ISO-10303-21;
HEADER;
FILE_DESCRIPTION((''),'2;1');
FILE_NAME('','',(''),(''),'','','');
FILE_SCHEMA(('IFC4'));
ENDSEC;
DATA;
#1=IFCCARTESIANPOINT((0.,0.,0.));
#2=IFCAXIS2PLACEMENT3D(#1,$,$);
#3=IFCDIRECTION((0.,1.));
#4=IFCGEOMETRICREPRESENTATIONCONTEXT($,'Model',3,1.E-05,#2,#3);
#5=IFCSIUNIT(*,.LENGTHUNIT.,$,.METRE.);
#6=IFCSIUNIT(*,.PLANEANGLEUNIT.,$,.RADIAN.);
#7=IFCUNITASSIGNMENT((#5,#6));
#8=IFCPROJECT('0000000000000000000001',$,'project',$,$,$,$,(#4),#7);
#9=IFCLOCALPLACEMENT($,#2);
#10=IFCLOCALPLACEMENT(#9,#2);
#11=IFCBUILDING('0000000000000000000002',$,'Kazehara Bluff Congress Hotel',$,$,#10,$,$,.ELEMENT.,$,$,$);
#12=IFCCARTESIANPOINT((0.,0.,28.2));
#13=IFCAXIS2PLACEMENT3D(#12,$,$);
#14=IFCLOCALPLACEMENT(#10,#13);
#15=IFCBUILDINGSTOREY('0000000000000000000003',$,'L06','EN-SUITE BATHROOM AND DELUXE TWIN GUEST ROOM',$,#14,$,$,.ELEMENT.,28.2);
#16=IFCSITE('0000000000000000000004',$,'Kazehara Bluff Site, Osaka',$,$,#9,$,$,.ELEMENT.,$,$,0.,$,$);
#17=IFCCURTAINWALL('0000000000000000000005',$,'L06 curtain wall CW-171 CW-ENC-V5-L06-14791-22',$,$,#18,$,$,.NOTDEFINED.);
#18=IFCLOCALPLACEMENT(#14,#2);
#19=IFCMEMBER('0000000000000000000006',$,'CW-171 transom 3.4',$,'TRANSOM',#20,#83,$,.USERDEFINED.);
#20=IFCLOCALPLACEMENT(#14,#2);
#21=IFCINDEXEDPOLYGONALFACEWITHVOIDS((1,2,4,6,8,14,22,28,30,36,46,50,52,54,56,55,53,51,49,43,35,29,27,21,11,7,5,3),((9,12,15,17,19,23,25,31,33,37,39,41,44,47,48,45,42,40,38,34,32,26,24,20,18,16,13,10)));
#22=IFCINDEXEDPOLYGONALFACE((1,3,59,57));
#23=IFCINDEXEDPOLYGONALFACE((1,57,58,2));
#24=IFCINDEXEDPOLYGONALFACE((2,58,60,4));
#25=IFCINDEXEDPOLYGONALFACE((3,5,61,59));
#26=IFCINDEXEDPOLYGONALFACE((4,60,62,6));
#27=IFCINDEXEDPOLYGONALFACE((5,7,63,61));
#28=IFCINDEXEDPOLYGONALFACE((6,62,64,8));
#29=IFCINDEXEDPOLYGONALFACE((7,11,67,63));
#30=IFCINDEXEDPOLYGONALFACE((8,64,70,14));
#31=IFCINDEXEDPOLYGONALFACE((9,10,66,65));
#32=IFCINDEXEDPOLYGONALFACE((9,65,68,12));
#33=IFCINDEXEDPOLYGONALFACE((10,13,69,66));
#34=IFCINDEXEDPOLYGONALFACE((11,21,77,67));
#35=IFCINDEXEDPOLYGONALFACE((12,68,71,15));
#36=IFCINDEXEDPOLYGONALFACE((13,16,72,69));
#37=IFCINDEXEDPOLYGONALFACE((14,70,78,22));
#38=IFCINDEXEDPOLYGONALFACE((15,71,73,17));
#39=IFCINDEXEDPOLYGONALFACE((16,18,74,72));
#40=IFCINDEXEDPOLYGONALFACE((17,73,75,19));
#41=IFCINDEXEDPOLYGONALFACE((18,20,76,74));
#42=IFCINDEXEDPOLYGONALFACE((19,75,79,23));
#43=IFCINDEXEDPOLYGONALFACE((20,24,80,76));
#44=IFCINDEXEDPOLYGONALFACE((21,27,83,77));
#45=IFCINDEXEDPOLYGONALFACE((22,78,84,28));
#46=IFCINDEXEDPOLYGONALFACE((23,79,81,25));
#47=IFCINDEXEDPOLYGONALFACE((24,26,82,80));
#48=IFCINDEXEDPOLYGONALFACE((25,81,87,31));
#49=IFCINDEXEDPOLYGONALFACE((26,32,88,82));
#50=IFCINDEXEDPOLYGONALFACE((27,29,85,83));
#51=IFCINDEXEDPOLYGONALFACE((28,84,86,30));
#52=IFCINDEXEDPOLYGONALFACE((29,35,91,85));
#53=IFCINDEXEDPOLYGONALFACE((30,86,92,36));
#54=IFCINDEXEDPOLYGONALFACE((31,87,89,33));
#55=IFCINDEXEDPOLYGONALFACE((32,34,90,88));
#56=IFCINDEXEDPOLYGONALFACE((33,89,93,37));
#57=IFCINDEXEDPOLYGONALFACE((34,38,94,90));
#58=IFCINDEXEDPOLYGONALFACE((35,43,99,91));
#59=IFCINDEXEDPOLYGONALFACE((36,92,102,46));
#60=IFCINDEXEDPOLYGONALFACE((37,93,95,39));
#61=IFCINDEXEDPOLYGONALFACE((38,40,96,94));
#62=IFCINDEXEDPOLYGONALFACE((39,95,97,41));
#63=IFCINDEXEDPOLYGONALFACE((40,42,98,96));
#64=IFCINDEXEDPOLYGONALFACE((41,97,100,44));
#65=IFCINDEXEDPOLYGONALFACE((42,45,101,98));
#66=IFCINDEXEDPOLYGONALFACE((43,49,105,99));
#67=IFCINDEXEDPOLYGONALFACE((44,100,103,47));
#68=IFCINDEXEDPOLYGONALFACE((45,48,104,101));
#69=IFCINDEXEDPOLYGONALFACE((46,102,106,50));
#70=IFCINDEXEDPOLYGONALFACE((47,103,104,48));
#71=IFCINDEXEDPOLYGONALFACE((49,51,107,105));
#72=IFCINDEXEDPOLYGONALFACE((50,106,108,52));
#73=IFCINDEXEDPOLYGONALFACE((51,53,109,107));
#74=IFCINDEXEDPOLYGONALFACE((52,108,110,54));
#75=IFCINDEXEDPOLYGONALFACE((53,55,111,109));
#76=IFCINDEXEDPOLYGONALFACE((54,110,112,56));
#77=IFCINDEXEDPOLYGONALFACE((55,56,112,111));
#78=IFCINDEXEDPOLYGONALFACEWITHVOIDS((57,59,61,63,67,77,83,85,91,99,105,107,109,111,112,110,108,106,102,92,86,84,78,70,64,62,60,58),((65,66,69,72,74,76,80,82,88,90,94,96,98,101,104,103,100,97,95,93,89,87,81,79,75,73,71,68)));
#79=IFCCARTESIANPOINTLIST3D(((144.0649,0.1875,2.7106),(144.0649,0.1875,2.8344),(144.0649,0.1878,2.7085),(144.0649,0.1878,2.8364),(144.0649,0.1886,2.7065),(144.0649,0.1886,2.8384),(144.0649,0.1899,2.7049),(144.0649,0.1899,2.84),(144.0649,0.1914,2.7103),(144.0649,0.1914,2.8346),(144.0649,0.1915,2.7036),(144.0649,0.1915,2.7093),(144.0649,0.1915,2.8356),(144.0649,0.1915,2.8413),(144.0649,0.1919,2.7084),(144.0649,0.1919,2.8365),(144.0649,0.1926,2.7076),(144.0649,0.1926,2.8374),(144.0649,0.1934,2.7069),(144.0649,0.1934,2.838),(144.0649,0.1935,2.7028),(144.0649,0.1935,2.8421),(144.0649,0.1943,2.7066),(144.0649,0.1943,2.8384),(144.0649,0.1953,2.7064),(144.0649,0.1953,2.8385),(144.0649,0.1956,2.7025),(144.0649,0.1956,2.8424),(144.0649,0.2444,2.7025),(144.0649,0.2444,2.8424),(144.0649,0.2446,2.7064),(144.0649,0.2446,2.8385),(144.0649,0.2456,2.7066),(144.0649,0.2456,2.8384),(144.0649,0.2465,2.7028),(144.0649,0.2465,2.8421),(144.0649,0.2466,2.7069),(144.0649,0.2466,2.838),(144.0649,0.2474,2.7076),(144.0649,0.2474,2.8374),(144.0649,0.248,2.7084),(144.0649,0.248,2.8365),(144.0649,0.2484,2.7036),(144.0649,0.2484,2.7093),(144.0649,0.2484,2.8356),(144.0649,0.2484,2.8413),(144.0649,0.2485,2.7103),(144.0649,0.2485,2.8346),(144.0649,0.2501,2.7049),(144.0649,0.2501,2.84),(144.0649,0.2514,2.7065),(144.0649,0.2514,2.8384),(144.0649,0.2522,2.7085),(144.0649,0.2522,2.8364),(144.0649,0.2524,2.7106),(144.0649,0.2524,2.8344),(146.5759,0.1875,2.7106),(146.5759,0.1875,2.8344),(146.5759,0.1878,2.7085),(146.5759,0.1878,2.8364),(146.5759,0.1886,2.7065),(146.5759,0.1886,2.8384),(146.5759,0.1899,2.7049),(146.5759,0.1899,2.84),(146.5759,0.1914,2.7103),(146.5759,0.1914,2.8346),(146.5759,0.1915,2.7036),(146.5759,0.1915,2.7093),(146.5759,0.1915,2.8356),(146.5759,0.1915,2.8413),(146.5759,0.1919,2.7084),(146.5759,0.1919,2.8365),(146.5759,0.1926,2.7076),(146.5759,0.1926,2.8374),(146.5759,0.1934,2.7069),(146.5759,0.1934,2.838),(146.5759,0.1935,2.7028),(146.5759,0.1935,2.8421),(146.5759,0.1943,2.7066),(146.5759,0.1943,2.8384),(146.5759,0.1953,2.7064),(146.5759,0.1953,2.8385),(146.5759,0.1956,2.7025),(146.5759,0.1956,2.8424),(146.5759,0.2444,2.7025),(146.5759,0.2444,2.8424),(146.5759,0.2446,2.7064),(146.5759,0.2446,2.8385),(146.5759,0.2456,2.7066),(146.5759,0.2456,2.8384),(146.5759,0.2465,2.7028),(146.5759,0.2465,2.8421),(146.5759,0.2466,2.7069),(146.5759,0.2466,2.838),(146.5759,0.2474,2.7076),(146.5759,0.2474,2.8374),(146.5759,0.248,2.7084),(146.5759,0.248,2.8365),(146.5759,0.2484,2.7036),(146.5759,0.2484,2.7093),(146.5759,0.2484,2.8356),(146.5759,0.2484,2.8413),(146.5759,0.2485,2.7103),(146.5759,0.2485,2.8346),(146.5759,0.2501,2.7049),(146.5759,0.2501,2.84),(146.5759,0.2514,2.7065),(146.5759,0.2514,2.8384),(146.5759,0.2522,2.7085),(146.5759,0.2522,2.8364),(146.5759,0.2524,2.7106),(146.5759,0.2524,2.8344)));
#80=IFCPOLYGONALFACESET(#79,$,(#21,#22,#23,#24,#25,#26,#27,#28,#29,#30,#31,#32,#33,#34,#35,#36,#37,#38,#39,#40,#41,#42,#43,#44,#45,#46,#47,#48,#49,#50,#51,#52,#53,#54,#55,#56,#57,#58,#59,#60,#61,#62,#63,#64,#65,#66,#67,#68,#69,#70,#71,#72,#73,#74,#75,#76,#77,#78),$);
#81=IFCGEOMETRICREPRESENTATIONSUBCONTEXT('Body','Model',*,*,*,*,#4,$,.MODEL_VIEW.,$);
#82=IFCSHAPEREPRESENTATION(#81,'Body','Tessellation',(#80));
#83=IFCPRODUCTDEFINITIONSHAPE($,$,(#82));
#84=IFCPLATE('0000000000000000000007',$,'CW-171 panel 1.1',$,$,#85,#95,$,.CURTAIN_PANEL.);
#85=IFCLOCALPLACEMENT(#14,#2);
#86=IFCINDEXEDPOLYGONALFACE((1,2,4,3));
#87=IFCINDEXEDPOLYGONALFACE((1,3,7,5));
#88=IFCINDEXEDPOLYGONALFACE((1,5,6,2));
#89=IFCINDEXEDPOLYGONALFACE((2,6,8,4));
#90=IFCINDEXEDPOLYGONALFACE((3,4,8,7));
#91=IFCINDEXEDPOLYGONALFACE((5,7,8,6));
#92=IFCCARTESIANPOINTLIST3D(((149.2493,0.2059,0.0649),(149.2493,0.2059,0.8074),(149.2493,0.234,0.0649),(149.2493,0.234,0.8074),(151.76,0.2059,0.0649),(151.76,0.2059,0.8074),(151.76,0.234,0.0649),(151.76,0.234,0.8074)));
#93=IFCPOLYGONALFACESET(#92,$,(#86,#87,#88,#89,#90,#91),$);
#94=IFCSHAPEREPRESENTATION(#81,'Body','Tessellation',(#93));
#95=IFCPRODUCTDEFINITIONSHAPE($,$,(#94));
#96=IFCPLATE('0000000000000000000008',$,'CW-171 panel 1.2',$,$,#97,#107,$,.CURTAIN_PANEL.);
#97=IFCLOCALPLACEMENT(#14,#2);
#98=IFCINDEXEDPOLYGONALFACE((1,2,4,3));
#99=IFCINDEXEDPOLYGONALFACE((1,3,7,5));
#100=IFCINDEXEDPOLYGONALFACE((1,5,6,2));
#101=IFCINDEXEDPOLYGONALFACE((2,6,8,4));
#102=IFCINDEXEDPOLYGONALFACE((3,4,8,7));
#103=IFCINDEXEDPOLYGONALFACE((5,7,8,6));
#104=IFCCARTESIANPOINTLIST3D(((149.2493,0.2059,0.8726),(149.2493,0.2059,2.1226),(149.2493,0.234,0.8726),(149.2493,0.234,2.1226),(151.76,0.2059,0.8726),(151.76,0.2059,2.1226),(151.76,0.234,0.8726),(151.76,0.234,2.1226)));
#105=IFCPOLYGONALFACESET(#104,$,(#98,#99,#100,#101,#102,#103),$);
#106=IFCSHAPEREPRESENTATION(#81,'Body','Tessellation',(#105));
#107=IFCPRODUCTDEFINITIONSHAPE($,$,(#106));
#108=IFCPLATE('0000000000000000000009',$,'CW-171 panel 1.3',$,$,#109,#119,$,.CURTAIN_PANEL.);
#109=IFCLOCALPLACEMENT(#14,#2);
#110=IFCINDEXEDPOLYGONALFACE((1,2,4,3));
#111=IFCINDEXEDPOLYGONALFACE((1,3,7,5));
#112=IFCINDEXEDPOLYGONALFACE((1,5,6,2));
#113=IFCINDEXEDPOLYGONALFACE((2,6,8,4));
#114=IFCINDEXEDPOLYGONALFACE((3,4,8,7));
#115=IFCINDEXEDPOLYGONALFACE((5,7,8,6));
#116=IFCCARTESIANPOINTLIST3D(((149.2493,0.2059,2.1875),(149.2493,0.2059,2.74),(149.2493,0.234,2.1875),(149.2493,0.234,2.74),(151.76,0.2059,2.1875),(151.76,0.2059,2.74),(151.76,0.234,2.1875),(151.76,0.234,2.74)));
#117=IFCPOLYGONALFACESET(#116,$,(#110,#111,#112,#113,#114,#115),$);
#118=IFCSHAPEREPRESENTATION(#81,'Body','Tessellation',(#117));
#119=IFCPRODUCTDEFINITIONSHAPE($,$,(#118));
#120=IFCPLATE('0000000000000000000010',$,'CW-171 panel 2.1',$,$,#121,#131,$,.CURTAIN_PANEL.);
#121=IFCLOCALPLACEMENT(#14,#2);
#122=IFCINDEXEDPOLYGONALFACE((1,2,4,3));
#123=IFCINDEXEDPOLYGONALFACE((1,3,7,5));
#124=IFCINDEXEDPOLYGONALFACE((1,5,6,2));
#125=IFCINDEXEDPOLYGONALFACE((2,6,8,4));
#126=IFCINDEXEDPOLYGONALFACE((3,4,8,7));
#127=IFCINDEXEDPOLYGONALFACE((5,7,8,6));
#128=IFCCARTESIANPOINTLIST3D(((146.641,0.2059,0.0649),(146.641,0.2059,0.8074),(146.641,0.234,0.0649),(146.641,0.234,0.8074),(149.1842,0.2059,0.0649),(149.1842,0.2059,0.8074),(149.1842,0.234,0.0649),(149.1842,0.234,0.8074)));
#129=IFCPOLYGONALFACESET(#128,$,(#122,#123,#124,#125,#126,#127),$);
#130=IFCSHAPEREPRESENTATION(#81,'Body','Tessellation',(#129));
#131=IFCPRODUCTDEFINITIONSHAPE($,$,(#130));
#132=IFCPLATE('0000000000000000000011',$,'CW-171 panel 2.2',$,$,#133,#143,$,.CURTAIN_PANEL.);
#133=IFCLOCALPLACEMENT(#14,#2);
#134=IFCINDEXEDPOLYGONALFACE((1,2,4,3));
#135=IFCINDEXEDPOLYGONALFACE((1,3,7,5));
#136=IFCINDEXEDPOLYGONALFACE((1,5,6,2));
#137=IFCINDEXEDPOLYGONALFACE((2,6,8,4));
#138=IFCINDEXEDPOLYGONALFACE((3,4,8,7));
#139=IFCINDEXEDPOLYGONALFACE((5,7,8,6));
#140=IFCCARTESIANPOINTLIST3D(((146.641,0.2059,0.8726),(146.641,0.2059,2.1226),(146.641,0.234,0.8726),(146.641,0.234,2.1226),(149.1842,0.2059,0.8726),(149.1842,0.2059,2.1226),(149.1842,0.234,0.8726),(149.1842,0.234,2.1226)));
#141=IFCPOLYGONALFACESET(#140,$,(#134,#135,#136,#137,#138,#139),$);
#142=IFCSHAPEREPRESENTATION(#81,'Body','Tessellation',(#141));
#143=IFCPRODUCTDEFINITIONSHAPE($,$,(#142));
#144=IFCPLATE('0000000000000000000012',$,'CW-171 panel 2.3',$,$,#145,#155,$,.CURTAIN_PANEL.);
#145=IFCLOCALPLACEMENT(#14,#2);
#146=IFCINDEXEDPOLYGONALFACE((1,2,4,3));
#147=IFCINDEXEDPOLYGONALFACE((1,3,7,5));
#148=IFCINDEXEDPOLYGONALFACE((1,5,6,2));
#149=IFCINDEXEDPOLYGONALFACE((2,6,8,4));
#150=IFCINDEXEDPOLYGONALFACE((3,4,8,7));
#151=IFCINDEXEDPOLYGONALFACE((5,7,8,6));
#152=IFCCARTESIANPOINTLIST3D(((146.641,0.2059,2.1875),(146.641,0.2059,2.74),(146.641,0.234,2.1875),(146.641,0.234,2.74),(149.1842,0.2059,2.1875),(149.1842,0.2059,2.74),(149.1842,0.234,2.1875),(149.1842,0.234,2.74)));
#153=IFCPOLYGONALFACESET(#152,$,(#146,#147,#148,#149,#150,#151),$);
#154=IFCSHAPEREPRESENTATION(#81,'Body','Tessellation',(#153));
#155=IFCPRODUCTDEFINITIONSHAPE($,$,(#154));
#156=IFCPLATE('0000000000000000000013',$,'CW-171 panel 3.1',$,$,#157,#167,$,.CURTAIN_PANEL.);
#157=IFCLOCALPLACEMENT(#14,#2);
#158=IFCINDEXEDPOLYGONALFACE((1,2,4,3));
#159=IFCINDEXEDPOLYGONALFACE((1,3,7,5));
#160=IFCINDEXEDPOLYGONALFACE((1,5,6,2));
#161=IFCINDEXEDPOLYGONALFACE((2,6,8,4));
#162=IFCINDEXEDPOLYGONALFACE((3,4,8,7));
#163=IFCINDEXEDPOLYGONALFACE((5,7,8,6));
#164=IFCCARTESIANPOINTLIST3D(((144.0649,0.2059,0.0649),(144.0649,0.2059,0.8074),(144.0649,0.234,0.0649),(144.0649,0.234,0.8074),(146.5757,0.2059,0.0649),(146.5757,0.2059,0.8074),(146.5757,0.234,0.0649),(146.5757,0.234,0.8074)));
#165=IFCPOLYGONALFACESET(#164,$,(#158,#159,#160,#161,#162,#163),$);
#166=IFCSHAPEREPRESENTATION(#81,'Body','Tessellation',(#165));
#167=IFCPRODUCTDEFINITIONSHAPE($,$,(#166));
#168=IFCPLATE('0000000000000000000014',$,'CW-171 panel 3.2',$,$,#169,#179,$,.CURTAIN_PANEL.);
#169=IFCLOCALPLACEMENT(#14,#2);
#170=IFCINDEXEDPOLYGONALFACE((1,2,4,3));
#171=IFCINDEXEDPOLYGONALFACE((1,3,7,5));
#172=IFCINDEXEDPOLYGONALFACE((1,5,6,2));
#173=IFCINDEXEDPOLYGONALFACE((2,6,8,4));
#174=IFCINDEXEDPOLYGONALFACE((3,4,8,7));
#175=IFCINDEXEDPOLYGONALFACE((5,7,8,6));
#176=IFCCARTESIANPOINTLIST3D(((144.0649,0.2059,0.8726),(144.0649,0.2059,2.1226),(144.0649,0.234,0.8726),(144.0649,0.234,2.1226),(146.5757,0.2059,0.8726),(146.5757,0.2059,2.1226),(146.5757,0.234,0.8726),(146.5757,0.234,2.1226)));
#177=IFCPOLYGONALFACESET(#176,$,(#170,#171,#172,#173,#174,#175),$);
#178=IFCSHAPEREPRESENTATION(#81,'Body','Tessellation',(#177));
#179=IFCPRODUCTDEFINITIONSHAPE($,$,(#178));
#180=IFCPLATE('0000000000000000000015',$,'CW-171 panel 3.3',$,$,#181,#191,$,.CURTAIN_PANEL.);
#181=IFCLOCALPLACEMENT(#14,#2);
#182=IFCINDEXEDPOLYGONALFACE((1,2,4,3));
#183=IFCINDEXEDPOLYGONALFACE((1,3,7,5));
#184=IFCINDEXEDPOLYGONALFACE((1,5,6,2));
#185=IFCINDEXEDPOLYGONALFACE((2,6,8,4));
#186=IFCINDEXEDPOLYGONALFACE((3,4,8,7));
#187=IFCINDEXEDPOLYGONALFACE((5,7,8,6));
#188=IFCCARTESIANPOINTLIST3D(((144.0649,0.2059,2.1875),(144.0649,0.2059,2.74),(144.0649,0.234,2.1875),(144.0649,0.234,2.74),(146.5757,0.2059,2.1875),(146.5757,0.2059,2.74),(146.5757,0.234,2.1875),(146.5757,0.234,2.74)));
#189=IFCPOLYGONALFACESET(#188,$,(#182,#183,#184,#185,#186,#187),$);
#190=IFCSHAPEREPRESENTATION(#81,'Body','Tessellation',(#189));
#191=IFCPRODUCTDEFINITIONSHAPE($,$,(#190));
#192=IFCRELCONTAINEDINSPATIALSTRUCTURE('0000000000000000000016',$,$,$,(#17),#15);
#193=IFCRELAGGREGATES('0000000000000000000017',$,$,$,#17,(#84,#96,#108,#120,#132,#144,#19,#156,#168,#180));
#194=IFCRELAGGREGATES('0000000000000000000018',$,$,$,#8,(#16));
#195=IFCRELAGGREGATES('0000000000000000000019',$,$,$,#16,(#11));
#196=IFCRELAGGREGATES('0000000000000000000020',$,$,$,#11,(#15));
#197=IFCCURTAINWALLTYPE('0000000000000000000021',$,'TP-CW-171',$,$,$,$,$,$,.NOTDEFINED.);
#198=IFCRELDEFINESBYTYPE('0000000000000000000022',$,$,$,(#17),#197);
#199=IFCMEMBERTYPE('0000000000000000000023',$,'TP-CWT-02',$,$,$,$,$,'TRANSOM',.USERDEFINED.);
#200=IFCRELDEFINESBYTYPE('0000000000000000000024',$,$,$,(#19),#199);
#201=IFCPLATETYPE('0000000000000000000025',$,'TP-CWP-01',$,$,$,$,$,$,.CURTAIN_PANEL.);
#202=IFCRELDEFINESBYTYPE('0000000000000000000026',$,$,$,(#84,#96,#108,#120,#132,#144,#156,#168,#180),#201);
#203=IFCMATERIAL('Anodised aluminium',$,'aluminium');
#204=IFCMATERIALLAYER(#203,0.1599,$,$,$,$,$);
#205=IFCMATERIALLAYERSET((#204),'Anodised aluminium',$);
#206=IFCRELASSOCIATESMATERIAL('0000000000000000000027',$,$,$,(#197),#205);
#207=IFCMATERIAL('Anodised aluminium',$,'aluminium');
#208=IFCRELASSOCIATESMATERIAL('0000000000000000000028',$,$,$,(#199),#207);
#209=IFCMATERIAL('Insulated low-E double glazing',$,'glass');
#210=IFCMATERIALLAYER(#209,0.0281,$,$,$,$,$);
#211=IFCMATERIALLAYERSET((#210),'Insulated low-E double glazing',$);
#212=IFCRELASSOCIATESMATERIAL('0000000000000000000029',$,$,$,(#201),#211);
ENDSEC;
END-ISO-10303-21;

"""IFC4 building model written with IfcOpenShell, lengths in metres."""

from ifc_helpers import new_model, si_unit, direction, frame, origin, origin_2d, place, context, subcontext, project, spatial, rectangle, hollow_rectangle, extrude, material, layer, layer_set, material_profile, profile_set, type_object, element, aggregate, save


model = new_model("IFC4")

# Units and contexts
model_context = context("Model", 3, precision=1e-05, world=origin(), true_north=direction((0.0, 1.0)))
body_context = subcontext(model_context, "Body", "Model", "MODEL_VIEW")
ifc_project = project(units=[si_unit("LENGTHUNIT", "METRE"), si_unit("PLANEANGLEUNIT", "RADIAN")], contexts=[model_context])

# Site, building, storey
site_placement = place(None, origin())
site = spatial("IfcSite", under=ifc_project, at=site_placement, Name="Kazehara Bluff Site, Osaka", CompositionType="ELEMENT", RefElevation=0.0)
building_placement = place(site_placement, origin())
building = spatial("IfcBuilding", under=site, at=building_placement, Name="Kazehara Bluff Congress Hotel", CompositionType="ELEMENT")
storey_placement = place(building_placement, frame((0.0, 0.0, 28.2)))
storey = spatial("IfcBuildingStorey", under=building, at=storey_placement, Name="L06", Description="EN-SUITE BATHROOM AND DELUXE TWIN GUEST ROOM", CompositionType="ELEMENT", Elevation=28.2)

# Curtain wall, member, plates
ifc_material_1 = material(Name="Anodised aluminium", Category="aluminium")
ifc_layer_1 = layer(ifc_material_1, 0.1599)
ifc_layer_set_1 = layer_set([ifc_layer_1], Name="Anodised aluminium")
curtain_wall_type = type_object("IfcCurtainWallType", Name="TP-CW-171", PredefinedType="NOTDEFINED", material=ifc_layer_set_1)
curtain_wall_placement = place(storey_placement, origin())
curtain_wall = element("IfcCurtainWall", 1, at=curtain_wall_placement, inside=storey, type_object=curtain_wall_type, Name="L06 curtain wall CW-171 CW-ENC-V5-L06-14791-22", PredefinedType="NOTDEFINED")
ifc_material_2 = material(Name="Anodised aluminium", Category="aluminium")
ifc_material_profile_1 = material_profile(ifc_material_2, hollow_rectangle(XDim=0.0649, YDim=0.1399, WallThickness=0.0039, InnerFilletRadius=0.0039, OuterFilletRadius=0.0081, at=origin_2d()))
ifc_profile_set_1 = profile_set([ifc_material_profile_1], Name="Anodised aluminium")
member_type_1 = type_object("IfcMemberType", Name="TP-CWT-02", ElementType="TRANSOM", PredefinedType="USERDEFINED", material=ifc_profile_set_1)
member_1_placement = place(storey_placement, frame((146.5759, 0.22, 2.7725), z_axis=(-1.0, 0.0, 0.0), x_axis=(0.0, -1.0, 0.0)))
member_1 = element("IfcMember", 2, at=member_1_placement, type_object=member_type_1, Name="CW-171 transom 3.4", ObjectType="TRANSOM", PredefinedType="USERDEFINED", context=body_context, shape_type="SweptSolid", body=[
    extrude(hollow_rectangle(XDim=0.0649, YDim=0.1399, WallThickness=0.0039, InnerFilletRadius=0.0039, OuterFilletRadius=0.0081, at=origin_2d()), origin(), (0.0, 0.0, 1.0), 2.511),
])
ifc_material_3 = material(Name="Insulated low-E double glazing", Category="glass")
ifc_layer_2 = layer(ifc_material_3, 0.0281)
ifc_layer_set_2 = layer_set([ifc_layer_2], Name="Insulated low-E double glazing")
plate_type = type_object("IfcPlateType", Name="TP-CWP-01", PredefinedType="CURTAIN_PANEL", material=ifc_layer_set_2)
plate_1_placement = place(storey_placement, frame((150.5046, 0.22, 0.0649), z_axis=(0.0, 0.0, 1.0), x_axis=(-1.0, 0.0, 0.0)))
plate_1 = element("IfcPlate", 3, at=plate_1_placement, type_object=plate_type, Name="CW-171 panel 1.1", PredefinedType="CURTAIN_PANEL", context=body_context, shape_type="SweptSolid", body=[
    extrude(rectangle(XDim=2.5107, YDim=0.0281, at=origin_2d()), origin(), (0.0, 0.0, 1.0), 0.7424),
])
plate_2_placement = place(storey_placement, frame((150.5046, 0.22, 0.8726), z_axis=(0.0, 0.0, 1.0), x_axis=(-1.0, 0.0, 0.0)))
plate_2 = element("IfcPlate", 4, at=plate_2_placement, type_object=plate_type, Name="CW-171 panel 1.2", PredefinedType="CURTAIN_PANEL", context=body_context, shape_type="SweptSolid", body=[
    extrude(rectangle(XDim=2.5107, YDim=0.0281, at=origin_2d()), origin(), (0.0, 0.0, 1.0), 1.25),
])
plate_3_placement = place(storey_placement, frame((150.5046, 0.22, 2.1875), z_axis=(0.0, 0.0, 1.0), x_axis=(-1.0, 0.0, 0.0)))
plate_3 = element("IfcPlate", 5, at=plate_3_placement, type_object=plate_type, Name="CW-171 panel 1.3", PredefinedType="CURTAIN_PANEL", context=body_context, shape_type="SweptSolid", body=[
    extrude(rectangle(XDim=2.5107, YDim=0.0281, at=origin_2d()), origin(), (0.0, 0.0, 1.0), 0.5525),
])
plate_4_placement = place(storey_placement, frame((147.9126, 0.22, 0.0649), z_axis=(0.0, 0.0, 1.0), x_axis=(-1.0, 0.0, 0.0)))
plate_4 = element("IfcPlate", 6, at=plate_4_placement, type_object=plate_type, Name="CW-171 panel 2.1", PredefinedType="CURTAIN_PANEL", context=body_context, shape_type="SweptSolid", body=[
    extrude(rectangle(XDim=2.5432, YDim=0.0281, at=origin_2d()), origin(), (0.0, 0.0, 1.0), 0.7424),
])
plate_5_placement = place(storey_placement, frame((147.9126, 0.22, 0.8726), z_axis=(0.0, 0.0, 1.0), x_axis=(-1.0, 0.0, 0.0)))
plate_5 = element("IfcPlate", 7, at=plate_5_placement, type_object=plate_type, Name="CW-171 panel 2.2", PredefinedType="CURTAIN_PANEL", context=body_context, shape_type="SweptSolid", body=[
    extrude(rectangle(XDim=2.5432, YDim=0.0281, at=origin_2d()), origin(), (0.0, 0.0, 1.0), 1.25),
])
plate_6_placement = place(storey_placement, frame((147.9126, 0.22, 2.1875), z_axis=(0.0, 0.0, 1.0), x_axis=(-1.0, 0.0, 0.0)))
plate_6 = element("IfcPlate", 8, at=plate_6_placement, type_object=plate_type, Name="CW-171 panel 2.3", PredefinedType="CURTAIN_PANEL", context=body_context, shape_type="SweptSolid", body=[
    extrude(rectangle(XDim=2.5432, YDim=0.0281, at=origin_2d()), origin(), (0.0, 0.0, 1.0), 0.5525),
])
plate_7_placement = place(storey_placement, frame((145.3203, 0.22, 0.0649), z_axis=(0.0, 0.0, 1.0), x_axis=(-1.0, 0.0, 0.0)))
plate_7 = element("IfcPlate", 9, at=plate_7_placement, type_object=plate_type, Name="CW-171 panel 3.1", PredefinedType="CURTAIN_PANEL", context=body_context, shape_type="SweptSolid", body=[
    extrude(rectangle(XDim=2.5107, YDim=0.0281, at=origin_2d()), origin(), (0.0, 0.0, 1.0), 0.7424),
])
plate_8_placement = place(storey_placement, frame((145.3203, 0.22, 0.8726), z_axis=(0.0, 0.0, 1.0), x_axis=(-1.0, 0.0, 0.0)))
plate_8 = element("IfcPlate", 10, at=plate_8_placement, type_object=plate_type, Name="CW-171 panel 3.2", PredefinedType="CURTAIN_PANEL", context=body_context, shape_type="SweptSolid", body=[
    extrude(rectangle(XDim=2.5107, YDim=0.0281, at=origin_2d()), origin(), (0.0, 0.0, 1.0), 1.25),
])
plate_9_placement = place(storey_placement, frame((145.3203, 0.22, 2.1875), z_axis=(0.0, 0.0, 1.0), x_axis=(-1.0, 0.0, 0.0)))
plate_9 = element("IfcPlate", 11, at=plate_9_placement, type_object=plate_type, Name="CW-171 panel 3.3", PredefinedType="CURTAIN_PANEL", context=body_context, shape_type="SweptSolid", body=[
    extrude(rectangle(XDim=2.5107, YDim=0.0281, at=origin_2d()), origin(), (0.0, 0.0, 1.0), 0.5525),
])
aggregate(curtain_wall, [plate_1, plate_2, plate_3, plate_4, plate_5, plate_6, member_1, plate_7, plate_8, plate_9])

save(model, "model.ifc")
